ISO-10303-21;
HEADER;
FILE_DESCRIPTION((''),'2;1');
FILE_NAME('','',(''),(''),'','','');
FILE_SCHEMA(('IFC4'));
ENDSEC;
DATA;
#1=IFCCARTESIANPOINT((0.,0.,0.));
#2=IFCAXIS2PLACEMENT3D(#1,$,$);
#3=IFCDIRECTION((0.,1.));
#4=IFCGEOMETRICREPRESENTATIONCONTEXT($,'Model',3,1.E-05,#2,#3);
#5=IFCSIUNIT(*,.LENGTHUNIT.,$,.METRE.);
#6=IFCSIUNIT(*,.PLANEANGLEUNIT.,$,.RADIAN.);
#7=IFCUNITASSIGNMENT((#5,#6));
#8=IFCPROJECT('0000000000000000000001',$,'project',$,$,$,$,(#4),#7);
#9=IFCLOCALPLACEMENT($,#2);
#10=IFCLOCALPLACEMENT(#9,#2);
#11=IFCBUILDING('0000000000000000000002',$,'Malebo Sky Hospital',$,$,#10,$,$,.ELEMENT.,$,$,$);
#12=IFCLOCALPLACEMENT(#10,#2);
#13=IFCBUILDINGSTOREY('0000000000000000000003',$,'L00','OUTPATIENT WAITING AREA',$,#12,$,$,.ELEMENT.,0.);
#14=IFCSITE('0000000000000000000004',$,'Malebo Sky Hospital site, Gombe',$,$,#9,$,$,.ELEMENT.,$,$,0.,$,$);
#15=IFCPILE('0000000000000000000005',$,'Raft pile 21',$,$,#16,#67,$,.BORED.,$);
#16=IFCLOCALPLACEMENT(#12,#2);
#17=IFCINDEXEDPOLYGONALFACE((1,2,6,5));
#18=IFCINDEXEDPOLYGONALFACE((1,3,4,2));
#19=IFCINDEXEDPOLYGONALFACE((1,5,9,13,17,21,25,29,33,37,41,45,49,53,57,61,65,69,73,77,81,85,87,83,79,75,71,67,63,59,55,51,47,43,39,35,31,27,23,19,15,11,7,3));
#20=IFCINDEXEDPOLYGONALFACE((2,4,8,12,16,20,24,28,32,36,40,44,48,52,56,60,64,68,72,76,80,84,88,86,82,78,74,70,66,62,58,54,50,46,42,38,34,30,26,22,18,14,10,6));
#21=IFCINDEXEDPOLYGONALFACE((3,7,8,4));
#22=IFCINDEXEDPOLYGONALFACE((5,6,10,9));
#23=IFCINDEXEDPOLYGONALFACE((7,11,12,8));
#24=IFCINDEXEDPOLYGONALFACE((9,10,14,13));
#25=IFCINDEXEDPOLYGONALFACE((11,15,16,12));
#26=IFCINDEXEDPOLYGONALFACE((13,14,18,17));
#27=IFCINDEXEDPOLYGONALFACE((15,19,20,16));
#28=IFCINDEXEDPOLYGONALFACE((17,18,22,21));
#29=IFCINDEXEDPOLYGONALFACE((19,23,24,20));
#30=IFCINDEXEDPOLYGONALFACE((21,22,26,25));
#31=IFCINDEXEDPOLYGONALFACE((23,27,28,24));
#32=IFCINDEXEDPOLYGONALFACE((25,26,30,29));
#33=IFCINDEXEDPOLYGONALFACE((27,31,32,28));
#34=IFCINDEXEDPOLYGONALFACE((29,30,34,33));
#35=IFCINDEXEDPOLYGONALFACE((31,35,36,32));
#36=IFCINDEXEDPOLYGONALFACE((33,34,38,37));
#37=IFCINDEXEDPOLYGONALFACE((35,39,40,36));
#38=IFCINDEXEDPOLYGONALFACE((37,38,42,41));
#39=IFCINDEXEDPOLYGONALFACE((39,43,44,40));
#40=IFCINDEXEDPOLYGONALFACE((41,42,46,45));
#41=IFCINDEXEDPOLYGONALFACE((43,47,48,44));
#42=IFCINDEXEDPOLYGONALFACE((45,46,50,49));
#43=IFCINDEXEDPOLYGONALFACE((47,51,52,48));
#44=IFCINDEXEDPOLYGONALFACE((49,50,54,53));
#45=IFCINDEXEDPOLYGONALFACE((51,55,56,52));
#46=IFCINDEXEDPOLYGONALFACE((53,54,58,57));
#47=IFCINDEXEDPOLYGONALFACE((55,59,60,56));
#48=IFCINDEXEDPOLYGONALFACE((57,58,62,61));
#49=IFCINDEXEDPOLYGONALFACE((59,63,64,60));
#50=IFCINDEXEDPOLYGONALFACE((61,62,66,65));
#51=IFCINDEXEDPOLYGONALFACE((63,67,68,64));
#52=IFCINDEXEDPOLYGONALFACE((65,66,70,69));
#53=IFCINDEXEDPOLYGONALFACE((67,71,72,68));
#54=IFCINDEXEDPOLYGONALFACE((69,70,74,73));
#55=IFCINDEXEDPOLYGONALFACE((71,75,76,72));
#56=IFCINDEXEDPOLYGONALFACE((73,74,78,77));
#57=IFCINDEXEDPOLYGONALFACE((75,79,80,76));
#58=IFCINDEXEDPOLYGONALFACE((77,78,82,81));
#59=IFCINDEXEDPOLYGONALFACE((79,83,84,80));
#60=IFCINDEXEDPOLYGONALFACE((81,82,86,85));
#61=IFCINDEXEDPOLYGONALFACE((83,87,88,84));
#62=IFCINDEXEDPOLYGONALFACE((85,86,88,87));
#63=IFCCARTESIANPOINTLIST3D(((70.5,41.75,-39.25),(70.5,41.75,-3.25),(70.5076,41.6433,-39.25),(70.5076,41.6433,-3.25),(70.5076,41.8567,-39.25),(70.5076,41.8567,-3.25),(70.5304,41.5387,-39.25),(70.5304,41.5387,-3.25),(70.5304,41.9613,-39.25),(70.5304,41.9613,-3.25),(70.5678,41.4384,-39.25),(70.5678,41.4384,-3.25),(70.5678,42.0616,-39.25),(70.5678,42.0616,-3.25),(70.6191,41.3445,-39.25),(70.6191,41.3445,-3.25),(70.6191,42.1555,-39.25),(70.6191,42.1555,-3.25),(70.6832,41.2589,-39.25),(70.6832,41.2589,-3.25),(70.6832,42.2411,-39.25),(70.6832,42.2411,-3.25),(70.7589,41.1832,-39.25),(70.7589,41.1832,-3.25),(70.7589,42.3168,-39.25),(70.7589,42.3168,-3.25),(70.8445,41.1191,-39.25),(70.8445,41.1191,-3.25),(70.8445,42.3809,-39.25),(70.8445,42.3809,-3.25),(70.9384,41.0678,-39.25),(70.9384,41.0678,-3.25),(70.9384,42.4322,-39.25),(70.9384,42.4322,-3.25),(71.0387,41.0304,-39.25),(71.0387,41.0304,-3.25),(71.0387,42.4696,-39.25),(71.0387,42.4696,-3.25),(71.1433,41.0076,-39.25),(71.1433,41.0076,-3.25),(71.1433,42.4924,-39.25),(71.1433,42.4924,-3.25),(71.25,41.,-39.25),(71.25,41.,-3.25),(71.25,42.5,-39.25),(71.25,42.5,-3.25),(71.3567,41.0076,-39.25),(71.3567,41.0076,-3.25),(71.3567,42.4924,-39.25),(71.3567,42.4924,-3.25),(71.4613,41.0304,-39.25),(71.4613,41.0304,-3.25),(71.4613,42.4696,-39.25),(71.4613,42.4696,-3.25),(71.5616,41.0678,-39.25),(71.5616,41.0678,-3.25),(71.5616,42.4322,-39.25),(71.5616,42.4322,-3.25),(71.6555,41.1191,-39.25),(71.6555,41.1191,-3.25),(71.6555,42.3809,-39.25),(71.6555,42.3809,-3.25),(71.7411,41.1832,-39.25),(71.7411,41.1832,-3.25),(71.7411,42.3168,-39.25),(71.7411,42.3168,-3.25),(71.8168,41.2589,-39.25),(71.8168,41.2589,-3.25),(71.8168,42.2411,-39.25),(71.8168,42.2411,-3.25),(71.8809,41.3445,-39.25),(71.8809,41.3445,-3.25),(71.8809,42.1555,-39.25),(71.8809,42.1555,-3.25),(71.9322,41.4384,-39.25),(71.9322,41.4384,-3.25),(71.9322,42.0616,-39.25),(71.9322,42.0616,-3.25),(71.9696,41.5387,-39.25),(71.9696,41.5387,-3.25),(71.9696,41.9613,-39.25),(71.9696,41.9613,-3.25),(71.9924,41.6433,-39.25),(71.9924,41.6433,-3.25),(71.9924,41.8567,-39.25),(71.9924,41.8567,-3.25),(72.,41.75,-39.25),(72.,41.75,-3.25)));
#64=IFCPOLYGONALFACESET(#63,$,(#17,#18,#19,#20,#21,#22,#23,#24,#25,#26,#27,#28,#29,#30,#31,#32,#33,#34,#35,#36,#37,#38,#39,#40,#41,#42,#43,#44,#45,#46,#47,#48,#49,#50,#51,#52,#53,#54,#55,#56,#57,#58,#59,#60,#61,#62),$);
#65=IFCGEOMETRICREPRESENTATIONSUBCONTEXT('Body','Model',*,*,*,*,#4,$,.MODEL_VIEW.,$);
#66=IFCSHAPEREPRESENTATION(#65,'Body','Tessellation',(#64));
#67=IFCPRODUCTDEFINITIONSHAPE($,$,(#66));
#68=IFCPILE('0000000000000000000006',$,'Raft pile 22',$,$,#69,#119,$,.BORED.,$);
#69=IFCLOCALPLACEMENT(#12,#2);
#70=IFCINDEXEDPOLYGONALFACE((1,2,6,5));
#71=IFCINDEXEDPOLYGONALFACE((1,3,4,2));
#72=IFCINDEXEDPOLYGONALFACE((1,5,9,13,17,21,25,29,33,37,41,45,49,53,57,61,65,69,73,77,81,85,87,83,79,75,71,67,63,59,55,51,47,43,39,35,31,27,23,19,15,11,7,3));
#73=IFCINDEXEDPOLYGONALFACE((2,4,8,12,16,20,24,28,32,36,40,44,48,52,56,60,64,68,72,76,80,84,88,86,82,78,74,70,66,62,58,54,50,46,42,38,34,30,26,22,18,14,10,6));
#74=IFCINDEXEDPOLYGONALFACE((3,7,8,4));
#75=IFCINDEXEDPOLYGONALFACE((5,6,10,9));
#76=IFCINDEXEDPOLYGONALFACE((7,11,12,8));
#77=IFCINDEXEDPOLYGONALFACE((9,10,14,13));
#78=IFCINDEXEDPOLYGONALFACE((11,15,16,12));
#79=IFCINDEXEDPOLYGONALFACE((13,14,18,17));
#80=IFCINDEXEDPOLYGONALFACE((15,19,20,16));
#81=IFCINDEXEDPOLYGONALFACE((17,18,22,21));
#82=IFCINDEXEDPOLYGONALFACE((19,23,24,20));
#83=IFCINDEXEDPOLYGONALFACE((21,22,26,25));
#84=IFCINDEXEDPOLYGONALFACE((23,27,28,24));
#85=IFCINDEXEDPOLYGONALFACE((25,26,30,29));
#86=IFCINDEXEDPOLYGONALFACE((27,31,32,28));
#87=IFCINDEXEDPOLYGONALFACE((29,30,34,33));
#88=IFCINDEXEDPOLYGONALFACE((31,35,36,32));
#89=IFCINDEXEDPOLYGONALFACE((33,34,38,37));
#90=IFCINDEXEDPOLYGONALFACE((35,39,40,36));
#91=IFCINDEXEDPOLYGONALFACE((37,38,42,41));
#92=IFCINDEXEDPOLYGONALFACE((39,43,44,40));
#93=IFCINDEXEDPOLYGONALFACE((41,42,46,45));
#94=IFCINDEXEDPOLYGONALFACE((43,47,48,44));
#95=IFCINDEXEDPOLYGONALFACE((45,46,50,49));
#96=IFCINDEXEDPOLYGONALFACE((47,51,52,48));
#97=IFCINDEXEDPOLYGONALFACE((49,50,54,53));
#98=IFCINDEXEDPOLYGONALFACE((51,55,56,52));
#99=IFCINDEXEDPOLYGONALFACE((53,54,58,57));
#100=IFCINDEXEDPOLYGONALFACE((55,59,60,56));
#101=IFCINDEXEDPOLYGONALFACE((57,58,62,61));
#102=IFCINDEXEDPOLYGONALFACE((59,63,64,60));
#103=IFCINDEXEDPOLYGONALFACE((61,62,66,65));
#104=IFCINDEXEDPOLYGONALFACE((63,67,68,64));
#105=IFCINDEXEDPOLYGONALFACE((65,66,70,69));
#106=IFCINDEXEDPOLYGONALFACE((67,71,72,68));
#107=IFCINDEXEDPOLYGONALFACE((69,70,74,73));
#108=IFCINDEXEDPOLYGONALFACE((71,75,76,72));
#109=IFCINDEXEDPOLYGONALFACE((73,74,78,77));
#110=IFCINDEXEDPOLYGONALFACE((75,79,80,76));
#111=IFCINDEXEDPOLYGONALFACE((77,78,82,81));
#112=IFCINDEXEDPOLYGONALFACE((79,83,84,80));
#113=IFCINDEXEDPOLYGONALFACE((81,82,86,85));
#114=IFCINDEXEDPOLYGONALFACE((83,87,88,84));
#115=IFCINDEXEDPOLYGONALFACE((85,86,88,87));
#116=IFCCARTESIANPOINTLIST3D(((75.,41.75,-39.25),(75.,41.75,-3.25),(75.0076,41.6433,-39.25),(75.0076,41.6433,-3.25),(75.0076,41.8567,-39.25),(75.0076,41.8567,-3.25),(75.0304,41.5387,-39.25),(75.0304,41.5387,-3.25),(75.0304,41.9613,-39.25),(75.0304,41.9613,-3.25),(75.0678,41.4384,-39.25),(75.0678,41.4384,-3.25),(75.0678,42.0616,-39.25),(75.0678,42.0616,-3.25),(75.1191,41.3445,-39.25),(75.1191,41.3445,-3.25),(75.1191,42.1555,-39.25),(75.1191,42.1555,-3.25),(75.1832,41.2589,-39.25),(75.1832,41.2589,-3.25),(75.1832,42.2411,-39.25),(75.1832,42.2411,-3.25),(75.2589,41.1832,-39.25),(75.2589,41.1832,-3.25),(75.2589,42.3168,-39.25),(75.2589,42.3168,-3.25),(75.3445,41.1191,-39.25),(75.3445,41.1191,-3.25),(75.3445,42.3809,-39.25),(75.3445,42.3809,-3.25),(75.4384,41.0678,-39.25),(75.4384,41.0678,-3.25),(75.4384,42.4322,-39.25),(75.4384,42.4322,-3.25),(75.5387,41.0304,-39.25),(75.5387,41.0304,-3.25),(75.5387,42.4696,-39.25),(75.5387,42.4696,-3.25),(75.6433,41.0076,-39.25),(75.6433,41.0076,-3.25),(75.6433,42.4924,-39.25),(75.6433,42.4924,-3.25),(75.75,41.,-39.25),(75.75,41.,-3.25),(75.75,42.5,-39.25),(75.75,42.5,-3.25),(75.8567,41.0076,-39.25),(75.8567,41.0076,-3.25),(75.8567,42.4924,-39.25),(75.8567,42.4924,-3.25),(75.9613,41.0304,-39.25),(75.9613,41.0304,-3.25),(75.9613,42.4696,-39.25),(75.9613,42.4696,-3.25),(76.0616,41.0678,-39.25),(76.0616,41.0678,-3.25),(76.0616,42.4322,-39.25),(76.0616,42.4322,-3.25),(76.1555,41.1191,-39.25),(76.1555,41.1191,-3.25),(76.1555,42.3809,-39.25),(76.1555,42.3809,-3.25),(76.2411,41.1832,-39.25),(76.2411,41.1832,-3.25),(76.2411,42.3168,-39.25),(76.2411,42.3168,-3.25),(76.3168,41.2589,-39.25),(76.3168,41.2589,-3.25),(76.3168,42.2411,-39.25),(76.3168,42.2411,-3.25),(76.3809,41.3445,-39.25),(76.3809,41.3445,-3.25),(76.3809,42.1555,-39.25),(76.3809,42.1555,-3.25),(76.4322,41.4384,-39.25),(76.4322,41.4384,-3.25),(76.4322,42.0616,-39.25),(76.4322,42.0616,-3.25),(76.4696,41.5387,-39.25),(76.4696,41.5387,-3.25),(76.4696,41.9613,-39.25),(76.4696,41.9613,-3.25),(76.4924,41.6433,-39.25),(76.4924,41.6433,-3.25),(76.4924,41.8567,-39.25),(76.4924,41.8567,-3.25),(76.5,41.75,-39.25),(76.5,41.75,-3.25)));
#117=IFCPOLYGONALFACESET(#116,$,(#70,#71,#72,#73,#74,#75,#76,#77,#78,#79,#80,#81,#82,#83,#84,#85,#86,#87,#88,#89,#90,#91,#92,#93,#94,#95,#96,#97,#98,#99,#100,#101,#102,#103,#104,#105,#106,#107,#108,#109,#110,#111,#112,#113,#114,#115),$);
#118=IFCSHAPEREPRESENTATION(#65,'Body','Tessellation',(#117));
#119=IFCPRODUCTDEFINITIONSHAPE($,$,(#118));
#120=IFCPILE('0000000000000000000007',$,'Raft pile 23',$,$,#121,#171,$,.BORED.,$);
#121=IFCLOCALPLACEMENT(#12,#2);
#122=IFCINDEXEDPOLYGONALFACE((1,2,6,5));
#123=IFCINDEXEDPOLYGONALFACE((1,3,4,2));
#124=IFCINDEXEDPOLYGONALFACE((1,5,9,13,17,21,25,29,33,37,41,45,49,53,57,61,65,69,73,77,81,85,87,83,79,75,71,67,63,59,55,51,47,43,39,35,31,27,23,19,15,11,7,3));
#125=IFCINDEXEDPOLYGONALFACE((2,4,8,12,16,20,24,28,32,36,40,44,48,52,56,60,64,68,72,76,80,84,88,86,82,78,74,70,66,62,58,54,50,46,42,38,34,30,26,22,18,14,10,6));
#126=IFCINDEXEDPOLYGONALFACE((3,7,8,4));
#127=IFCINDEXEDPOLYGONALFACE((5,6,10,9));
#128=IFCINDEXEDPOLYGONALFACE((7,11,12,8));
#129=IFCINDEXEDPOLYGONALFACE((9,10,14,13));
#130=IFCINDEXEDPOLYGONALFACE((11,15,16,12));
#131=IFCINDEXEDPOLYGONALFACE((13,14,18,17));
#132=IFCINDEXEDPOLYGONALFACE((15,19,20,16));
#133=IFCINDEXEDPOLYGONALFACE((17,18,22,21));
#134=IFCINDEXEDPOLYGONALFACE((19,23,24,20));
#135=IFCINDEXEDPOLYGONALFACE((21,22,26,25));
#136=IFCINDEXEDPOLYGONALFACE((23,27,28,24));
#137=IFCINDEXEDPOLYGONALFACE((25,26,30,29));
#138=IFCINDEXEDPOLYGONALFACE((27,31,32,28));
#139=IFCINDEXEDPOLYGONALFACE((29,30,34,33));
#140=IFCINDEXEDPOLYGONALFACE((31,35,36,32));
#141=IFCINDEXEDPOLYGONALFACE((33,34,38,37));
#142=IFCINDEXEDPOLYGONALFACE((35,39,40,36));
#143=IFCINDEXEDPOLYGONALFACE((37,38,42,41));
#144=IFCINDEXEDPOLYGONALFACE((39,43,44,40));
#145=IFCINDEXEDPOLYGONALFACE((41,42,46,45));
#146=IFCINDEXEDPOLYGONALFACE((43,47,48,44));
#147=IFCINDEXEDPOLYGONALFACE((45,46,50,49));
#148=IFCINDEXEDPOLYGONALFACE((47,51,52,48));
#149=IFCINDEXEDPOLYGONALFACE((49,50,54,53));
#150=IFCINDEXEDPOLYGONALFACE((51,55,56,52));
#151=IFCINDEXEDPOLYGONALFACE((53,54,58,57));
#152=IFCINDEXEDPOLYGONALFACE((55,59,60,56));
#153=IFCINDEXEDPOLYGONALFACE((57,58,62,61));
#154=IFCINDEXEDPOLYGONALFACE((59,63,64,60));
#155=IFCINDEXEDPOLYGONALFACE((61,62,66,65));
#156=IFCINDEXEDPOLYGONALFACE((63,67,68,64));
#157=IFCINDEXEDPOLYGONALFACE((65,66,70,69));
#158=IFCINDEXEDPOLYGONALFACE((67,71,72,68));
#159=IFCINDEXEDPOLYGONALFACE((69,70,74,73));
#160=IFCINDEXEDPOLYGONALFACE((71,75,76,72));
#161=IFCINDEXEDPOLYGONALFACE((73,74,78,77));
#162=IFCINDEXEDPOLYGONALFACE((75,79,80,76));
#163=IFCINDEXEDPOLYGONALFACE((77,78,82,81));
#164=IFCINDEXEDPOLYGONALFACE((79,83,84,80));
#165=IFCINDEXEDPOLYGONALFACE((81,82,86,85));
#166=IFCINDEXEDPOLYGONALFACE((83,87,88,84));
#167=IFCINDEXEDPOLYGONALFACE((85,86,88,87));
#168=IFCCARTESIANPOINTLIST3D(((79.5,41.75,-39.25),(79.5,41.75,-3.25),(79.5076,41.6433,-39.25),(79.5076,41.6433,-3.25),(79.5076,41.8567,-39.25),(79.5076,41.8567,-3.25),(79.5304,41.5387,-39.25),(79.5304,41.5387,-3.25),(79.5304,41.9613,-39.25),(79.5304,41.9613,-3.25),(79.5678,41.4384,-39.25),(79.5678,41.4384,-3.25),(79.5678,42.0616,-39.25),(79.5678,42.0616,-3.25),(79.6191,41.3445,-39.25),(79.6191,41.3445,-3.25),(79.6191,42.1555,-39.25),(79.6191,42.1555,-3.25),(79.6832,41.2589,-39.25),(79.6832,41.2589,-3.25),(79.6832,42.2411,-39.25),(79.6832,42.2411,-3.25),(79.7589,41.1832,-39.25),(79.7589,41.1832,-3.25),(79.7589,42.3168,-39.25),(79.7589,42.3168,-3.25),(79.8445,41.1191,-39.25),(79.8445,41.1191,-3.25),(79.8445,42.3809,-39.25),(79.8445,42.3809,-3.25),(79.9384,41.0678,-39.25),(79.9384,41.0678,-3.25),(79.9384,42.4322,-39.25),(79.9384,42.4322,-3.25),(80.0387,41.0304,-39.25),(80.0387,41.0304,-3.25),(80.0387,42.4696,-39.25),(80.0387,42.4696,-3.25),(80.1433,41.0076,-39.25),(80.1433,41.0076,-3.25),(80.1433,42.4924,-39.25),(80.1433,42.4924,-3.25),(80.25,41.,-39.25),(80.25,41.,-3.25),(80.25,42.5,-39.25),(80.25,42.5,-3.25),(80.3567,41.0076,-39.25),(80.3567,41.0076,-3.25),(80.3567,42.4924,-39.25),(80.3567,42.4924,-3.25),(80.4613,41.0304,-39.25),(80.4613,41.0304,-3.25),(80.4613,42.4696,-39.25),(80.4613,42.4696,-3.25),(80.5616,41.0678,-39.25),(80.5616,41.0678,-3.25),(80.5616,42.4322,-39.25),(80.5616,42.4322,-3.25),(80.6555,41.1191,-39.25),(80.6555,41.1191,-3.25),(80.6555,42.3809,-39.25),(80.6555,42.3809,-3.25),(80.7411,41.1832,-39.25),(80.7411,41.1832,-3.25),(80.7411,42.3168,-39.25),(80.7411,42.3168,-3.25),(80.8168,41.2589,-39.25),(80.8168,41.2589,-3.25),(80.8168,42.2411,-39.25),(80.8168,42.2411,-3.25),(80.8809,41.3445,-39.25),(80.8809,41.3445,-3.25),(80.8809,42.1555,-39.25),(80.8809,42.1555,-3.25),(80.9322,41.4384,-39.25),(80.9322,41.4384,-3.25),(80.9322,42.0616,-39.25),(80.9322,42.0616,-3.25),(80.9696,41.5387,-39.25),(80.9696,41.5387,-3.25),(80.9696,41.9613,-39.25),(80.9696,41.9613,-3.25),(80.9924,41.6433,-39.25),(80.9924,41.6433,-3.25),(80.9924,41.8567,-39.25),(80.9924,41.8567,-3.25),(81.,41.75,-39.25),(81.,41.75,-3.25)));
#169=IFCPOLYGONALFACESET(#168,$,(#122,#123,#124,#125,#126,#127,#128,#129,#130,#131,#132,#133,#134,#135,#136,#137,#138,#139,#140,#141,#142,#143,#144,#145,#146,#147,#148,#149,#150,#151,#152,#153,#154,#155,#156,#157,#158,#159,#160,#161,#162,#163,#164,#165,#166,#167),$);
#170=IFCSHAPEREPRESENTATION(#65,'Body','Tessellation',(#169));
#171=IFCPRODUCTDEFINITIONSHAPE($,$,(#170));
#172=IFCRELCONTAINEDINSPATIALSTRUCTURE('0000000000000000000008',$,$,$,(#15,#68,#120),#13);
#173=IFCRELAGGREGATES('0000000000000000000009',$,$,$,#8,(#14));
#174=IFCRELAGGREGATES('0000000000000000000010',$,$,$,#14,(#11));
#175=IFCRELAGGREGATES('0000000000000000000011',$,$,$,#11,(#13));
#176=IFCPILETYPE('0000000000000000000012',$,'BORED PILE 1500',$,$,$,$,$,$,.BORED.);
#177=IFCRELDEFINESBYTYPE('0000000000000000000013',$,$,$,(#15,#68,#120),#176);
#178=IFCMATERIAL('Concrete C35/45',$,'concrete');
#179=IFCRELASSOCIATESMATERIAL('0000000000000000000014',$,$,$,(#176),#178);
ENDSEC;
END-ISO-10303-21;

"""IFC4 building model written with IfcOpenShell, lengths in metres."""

from ifc_helpers import new_model, si_unit, direction, frame, origin, origin_2d, place, context, subcontext, project, spatial, circle, extrude, material, material_profile, profile_set, type_object, element, save


model = new_model("IFC4")

# Units and contexts
model_context = context("Model", 3, precision=1e-05, world=origin(), true_north=direction((0.0, 1.0)))
body_context = subcontext(model_context, "Body", "Model", "MODEL_VIEW")
ifc_project = project(units=[si_unit("LENGTHUNIT", "METRE"), si_unit("PLANEANGLEUNIT", "RADIAN")], contexts=[model_context])

# Site, building, storey
site_placement = place(None, origin())
site = spatial("IfcSite", under=ifc_project, at=site_placement, Name="Malebo Sky Hospital site, Gombe", CompositionType="ELEMENT", RefElevation=0.0)
building_placement = place(site_placement, origin())
building = spatial("IfcBuilding", under=site, at=building_placement, Name="Malebo Sky Hospital", CompositionType="ELEMENT")
storey_placement = place(building_placement, origin())
storey = spatial("IfcBuildingStorey", under=building, at=storey_placement, Name="L00", Description="OUTPATIENT WAITING AREA", CompositionType="ELEMENT", Elevation=0.0)

# Piles
ifc_material_1 = material(Name="Concrete C35/45", Category="concrete")
ifc_material_profile_1 = material_profile(ifc_material_1, circle(Radius=0.75, at=origin_2d()), Name="BP 1500")
ifc_profile_set_1 = profile_set([ifc_material_profile_1], Name="Concrete C35/45")
pile_type = type_object("IfcPileType", Name="BORED PILE 1500", PredefinedType="BORED", material=ifc_profile_set_1)
for number, where, z_axis, x_axis, name in (
    (1, (71.25, 41.75, -3.25), (0.0, 0.0, -1.0), (1.0, 0.0, 0.0), "Raft pile 21"),
    (2, (75.75, 41.75, -3.25), (0.0, 0.0, -1.0), (1.0, 0.0, 0.0), "Raft pile 22"),
    (3, (80.25, 41.75, -3.25), (0.0, 0.0, -1.0), (1.0, 0.0, 0.0), "Raft pile 23"),
):
    element("IfcPile", number, at=place(storey_placement, frame(where, z_axis=z_axis, x_axis=x_axis)), inside=storey, type_object=pile_type, Name=name, PredefinedType="BORED", context=body_context, shape_type="SweptSolid", body=[
        extrude(circle(Radius=0.75, at=origin_2d()), origin(), (0.0, 0.0, 1.0), 36.0),
    ])

save(model, "model.ifc")
